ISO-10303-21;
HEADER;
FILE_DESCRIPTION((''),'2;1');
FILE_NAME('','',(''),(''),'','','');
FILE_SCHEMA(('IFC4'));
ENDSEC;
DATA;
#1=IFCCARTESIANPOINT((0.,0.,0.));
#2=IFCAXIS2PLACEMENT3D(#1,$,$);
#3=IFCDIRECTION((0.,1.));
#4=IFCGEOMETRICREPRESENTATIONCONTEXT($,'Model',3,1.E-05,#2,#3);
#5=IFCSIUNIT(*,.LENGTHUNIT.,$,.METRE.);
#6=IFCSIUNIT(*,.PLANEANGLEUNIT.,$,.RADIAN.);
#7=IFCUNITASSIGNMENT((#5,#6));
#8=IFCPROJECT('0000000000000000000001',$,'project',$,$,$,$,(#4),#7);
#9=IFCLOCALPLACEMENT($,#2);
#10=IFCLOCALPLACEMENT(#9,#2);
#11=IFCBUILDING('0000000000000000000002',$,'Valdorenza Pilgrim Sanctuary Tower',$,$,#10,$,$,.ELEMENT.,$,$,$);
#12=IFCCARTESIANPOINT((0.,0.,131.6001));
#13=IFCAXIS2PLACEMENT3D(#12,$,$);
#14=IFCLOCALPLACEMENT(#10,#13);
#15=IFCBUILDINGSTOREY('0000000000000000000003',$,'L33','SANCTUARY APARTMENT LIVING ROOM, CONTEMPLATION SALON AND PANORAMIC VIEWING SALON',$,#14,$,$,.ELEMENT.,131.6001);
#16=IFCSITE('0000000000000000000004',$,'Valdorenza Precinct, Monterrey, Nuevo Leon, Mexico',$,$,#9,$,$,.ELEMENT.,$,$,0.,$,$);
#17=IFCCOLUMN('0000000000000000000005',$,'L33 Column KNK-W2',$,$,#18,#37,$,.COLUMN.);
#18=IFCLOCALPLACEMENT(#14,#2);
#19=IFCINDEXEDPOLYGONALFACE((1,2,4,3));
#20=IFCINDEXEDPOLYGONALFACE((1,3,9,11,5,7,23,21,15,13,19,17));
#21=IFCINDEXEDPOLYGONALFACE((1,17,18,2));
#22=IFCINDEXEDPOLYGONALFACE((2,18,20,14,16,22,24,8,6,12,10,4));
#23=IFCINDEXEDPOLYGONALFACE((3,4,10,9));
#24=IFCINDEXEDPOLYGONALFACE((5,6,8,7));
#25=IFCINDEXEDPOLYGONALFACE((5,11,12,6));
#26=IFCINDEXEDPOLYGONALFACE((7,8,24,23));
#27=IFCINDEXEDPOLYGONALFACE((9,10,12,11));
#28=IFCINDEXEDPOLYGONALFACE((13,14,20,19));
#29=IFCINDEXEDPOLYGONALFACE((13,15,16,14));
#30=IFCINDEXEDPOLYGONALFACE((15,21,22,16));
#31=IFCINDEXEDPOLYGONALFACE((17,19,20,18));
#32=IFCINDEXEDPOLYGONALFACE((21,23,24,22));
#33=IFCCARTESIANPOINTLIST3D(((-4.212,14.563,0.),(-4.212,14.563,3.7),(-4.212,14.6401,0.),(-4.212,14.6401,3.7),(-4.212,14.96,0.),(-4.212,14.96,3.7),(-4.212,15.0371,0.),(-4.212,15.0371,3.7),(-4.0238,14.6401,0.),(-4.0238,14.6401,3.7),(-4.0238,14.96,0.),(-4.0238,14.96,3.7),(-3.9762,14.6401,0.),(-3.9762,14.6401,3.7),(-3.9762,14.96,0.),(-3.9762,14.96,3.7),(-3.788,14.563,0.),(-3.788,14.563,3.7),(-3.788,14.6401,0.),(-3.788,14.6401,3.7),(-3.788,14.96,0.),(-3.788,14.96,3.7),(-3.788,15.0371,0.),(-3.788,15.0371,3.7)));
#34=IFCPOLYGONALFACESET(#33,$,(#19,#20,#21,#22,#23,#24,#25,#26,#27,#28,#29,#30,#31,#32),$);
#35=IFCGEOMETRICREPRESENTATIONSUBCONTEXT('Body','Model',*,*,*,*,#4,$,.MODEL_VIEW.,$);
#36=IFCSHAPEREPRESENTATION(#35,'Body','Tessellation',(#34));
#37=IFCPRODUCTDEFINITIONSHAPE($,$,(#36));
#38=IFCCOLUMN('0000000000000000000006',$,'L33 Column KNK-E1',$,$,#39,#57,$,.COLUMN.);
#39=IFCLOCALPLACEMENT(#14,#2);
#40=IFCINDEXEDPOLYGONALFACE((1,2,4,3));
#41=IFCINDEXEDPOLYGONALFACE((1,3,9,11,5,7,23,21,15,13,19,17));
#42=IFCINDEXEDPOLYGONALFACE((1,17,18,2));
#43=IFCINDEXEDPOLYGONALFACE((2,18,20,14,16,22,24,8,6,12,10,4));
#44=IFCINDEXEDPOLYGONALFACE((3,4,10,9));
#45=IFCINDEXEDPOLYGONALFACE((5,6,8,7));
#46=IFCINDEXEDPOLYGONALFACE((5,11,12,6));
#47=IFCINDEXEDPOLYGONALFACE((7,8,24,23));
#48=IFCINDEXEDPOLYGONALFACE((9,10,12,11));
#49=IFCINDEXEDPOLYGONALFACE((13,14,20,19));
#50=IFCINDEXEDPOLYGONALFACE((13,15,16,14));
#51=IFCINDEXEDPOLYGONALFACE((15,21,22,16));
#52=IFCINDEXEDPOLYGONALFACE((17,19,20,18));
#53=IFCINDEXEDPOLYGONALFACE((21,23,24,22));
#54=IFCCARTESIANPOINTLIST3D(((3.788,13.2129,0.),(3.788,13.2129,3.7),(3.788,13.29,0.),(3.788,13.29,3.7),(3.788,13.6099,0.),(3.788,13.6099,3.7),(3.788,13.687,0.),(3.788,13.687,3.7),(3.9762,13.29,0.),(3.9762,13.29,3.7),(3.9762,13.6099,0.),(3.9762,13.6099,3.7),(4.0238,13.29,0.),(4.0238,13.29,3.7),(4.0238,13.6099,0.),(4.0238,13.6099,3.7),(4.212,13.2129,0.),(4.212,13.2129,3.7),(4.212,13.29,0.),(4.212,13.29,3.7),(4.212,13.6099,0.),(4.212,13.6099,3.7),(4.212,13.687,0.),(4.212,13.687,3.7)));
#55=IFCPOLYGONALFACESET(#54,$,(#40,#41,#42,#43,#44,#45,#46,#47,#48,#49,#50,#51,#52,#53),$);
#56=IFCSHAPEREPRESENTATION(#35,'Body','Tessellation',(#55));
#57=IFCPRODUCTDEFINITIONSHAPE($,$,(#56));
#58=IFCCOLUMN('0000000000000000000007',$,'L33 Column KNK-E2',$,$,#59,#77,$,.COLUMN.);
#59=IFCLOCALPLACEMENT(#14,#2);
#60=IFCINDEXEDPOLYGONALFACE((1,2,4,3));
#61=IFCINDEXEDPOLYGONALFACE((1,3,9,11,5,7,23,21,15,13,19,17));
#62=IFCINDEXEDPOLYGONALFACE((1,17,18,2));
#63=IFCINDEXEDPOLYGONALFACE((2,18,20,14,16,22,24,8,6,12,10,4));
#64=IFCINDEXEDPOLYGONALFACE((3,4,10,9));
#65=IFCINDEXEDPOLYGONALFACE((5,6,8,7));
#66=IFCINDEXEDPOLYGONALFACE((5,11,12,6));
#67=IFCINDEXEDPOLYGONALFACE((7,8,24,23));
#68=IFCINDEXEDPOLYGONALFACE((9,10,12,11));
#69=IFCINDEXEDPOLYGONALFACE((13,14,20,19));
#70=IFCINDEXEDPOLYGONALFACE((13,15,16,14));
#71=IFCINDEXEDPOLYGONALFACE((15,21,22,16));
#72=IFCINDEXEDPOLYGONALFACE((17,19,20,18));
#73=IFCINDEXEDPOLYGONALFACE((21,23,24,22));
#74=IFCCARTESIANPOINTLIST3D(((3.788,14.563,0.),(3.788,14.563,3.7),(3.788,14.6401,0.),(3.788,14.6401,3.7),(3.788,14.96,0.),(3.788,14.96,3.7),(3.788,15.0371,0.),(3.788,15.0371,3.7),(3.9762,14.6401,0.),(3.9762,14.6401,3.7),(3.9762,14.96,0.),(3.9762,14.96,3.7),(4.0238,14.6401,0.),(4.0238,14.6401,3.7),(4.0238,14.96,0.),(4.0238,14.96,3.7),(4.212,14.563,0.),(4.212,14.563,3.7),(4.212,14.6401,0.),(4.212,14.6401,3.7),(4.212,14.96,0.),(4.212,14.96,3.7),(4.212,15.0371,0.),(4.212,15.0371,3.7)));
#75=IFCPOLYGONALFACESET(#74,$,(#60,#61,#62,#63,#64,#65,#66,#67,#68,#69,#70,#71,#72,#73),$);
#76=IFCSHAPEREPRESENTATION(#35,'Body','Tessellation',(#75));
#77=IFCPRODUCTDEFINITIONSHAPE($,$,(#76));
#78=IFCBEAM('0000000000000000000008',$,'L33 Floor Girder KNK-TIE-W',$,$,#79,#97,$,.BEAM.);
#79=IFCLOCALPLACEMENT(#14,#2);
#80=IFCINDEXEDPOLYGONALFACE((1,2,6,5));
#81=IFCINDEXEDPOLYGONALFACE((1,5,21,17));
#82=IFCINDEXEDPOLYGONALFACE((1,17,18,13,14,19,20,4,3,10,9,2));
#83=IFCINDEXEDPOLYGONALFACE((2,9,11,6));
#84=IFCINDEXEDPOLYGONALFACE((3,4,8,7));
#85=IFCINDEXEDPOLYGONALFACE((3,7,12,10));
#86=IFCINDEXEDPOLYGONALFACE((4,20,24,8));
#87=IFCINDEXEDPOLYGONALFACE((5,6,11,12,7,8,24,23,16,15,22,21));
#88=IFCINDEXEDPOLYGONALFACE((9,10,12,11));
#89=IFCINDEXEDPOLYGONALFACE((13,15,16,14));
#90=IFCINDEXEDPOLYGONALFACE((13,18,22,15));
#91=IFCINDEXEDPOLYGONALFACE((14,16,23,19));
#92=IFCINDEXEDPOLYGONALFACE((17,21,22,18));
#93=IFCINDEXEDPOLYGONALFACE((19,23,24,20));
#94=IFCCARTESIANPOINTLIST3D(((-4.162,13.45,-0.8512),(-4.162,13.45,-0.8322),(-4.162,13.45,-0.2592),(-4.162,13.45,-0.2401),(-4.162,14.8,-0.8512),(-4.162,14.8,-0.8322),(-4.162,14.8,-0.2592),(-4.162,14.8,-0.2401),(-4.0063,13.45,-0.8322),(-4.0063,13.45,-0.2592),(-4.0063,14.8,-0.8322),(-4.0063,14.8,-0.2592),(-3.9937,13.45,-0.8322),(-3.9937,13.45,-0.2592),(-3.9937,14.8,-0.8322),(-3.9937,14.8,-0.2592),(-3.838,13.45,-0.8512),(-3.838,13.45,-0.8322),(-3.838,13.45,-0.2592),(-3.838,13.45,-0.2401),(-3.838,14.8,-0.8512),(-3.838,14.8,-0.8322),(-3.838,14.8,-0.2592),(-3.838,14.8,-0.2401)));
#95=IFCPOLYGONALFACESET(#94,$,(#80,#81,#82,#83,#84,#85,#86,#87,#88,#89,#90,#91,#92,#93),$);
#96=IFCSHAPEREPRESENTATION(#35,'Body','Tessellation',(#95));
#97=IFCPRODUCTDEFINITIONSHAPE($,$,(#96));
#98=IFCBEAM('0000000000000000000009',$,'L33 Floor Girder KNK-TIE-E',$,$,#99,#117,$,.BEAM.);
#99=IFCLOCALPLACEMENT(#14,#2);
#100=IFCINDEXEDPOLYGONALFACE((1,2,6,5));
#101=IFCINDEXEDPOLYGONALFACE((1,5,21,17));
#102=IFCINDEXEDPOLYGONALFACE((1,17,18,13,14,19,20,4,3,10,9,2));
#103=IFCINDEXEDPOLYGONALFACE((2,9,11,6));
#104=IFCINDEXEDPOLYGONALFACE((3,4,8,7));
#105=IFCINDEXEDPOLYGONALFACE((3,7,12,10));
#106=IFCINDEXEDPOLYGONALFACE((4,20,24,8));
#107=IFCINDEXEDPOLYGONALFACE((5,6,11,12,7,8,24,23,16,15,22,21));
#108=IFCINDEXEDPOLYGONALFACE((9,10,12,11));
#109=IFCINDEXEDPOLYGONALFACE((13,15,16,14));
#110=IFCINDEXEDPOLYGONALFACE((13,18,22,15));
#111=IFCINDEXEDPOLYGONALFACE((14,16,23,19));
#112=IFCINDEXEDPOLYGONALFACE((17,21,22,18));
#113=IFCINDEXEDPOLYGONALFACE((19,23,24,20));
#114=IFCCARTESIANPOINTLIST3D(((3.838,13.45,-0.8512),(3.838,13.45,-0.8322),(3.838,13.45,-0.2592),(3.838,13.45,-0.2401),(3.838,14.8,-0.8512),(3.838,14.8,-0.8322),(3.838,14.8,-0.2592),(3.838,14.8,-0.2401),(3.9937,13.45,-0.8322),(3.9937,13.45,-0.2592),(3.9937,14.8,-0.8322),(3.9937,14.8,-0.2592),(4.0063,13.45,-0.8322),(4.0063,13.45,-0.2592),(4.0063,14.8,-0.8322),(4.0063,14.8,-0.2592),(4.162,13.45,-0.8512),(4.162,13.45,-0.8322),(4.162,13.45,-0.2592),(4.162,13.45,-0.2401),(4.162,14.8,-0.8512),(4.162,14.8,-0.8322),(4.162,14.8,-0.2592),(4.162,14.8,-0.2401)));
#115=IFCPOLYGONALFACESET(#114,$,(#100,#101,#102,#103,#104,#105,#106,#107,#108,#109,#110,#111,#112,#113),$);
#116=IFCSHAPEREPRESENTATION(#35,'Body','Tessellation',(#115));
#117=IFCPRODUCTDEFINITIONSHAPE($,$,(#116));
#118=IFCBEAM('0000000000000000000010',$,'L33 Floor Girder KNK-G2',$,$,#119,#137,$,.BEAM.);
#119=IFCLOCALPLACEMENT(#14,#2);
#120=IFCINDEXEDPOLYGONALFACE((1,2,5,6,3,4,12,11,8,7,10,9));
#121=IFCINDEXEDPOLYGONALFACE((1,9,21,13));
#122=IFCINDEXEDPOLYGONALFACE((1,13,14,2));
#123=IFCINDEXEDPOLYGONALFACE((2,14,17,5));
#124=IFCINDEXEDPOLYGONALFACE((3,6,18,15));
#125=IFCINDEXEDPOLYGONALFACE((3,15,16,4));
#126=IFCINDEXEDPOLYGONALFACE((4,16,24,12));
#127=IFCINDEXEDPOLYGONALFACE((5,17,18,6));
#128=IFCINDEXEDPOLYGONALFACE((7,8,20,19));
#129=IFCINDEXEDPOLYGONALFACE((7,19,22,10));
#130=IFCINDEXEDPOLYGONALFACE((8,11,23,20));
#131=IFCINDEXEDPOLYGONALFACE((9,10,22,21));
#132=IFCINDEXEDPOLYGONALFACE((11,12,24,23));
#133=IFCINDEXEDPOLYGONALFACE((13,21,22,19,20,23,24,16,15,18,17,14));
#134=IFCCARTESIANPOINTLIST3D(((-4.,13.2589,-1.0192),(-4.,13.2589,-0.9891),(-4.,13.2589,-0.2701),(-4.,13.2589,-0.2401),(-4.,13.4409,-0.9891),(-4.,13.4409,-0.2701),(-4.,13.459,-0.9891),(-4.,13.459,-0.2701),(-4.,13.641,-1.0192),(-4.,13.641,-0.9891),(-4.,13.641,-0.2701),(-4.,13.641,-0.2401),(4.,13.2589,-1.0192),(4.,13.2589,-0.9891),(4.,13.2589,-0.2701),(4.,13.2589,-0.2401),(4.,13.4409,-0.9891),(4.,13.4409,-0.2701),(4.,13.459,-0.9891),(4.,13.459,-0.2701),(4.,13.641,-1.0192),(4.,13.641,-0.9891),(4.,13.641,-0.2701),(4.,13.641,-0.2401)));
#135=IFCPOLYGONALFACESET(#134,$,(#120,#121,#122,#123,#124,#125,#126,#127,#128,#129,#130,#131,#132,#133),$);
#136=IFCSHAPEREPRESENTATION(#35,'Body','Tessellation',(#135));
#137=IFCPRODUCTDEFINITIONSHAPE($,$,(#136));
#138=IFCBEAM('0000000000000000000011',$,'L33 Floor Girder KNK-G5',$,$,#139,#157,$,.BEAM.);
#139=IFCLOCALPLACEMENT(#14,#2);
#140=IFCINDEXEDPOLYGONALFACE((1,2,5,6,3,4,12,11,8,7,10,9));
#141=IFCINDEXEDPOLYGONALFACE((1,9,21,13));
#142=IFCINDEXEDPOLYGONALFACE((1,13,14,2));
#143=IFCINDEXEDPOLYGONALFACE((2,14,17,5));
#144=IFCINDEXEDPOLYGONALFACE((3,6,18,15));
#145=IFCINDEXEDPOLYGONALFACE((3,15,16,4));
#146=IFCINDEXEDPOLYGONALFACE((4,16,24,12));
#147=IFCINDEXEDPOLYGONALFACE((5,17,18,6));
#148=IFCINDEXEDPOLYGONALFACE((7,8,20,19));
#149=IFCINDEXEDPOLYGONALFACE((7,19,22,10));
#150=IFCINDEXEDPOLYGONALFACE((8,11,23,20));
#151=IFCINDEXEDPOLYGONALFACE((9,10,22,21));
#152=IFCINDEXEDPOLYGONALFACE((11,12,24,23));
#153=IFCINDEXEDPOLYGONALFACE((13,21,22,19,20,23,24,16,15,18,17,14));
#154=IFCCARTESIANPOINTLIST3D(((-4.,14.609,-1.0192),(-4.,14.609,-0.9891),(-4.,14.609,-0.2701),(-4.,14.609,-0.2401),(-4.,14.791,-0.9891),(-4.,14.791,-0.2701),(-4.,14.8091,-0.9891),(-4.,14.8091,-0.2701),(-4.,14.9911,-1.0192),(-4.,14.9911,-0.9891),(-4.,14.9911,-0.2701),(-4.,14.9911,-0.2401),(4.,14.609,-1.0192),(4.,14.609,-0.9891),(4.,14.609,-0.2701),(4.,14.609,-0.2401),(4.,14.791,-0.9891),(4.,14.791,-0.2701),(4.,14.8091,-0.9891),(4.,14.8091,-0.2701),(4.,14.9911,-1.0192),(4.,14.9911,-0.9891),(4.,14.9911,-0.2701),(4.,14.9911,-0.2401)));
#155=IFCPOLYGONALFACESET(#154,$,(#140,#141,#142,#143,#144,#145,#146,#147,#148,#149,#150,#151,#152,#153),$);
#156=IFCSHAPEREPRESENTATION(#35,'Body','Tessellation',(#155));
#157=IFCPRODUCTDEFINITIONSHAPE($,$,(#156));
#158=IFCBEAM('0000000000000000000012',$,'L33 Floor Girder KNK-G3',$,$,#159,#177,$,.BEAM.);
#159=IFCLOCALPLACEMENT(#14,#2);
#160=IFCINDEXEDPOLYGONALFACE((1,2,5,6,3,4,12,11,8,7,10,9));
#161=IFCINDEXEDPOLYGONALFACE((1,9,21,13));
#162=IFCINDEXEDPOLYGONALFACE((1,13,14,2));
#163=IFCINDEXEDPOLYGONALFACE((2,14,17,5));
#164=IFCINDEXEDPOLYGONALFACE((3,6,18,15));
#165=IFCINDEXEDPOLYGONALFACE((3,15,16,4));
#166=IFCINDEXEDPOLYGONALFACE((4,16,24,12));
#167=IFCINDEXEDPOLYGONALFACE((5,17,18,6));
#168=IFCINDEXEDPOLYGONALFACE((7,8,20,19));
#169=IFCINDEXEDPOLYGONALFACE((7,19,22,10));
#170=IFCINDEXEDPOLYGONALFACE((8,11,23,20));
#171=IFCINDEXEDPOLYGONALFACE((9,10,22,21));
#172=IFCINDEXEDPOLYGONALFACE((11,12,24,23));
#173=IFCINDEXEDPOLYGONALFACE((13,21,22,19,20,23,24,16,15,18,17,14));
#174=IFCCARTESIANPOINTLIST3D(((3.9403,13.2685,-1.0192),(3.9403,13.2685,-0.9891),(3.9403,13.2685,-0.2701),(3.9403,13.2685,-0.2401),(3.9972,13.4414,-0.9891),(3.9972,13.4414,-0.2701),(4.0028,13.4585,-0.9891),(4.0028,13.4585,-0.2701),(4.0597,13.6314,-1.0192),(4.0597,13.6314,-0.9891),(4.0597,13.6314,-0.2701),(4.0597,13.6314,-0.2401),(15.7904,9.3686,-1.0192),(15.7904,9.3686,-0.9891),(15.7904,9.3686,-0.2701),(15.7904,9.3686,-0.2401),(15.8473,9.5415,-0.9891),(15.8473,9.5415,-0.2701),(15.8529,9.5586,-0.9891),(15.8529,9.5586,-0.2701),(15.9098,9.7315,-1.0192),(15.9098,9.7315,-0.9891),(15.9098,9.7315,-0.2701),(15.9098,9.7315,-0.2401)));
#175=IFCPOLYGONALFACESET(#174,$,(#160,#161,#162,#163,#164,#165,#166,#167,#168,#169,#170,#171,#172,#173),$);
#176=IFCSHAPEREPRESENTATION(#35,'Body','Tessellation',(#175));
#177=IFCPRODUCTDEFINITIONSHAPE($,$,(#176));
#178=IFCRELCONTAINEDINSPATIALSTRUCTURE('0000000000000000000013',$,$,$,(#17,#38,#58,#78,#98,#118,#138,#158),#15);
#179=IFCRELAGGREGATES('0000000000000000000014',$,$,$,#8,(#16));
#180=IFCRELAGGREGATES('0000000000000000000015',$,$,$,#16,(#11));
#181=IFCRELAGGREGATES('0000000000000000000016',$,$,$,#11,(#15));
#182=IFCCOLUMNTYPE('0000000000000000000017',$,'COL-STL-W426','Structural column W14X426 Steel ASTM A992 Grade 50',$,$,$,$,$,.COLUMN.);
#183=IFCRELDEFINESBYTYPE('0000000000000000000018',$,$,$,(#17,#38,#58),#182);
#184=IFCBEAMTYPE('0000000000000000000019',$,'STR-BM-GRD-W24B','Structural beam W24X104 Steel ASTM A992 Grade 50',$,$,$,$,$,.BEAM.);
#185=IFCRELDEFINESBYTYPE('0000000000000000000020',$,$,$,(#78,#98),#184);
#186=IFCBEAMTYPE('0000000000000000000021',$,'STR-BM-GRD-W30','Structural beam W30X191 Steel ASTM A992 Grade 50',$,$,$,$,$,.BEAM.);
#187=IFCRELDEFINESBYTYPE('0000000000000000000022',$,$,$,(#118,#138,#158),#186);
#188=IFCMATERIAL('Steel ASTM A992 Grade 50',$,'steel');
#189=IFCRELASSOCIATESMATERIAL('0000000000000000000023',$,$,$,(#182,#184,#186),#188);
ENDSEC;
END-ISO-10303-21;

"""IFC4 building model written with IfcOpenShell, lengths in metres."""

from ifc_helpers import new_model, si_unit, direction, frame, origin, origin_2d, place, context, subcontext, project, spatial, i_section, extrude, source, transform, mapped, material, material_profile, profile_set, type_object, element, save


model = new_model("IFC4")

# Units and contexts
model_context = context("Model", 3, precision=1e-05, world=origin(), true_north=direction((0.0, 1.0)))
body_context = subcontext(model_context, "Body", "Model", "MODEL_VIEW")
ifc_project = project(units=[si_unit("LENGTHUNIT", "METRE"), si_unit("PLANEANGLEUNIT", "RADIAN")], contexts=[model_context])

# Site, building, storey
site_placement = place(None, origin())
site = spatial("IfcSite", under=ifc_project, at=site_placement, Name="Valdorenza Precinct, Monterrey, Nuevo Leon, Mexico", CompositionType="ELEMENT", RefElevation=0.0)
building_placement = place(site_placement, origin())
building = spatial("IfcBuilding", under=site, at=building_placement, Name="Valdorenza Pilgrim Sanctuary Tower", CompositionType="ELEMENT")
storey_placement = place(building_placement, frame((0.0, 0.0, 131.6001)))
storey = spatial("IfcBuildingStorey", under=building, at=storey_placement, Name="L33", Description="SANCTUARY APARTMENT LIVING ROOM, CONTEMPLATION SALON AND PANORAMIC VIEWING SALON", CompositionType="ELEMENT", Elevation=131.6001)

# Columns
ifc_material_1 = material(Name="Steel ASTM A992 Grade 50", Category="steel")
ifc_material_profile_1 = material_profile(ifc_material_1, i_section(OverallWidth=0.4241, OverallDepth=0.4741, WebThickness=0.0476, FlangeThickness=0.0771, at=origin_2d()), Name="W14X426")
ifc_profile_set_1 = profile_set([ifc_material_profile_1], Name="Steel ASTM A992 Grade 50")
column_type = type_object("IfcColumnType", Name="COL-STL-W426", Description="Structural column W14X426 Steel ASTM A992 Grade 50", PredefinedType="COLUMN", material=ifc_profile_set_1)
shared_shape_1 = source(origin(), body_context, "Body", "SweptSolid", [
    extrude(i_section(OverallWidth=0.4241, OverallDepth=0.4741, WebThickness=0.0476, FlangeThickness=0.0771, at=origin_2d()), origin(), (0.0, 0.0, 1.0), 3.7),
])
for number, where, z_axis, x_axis, name in (
    (1, (-4.0, 14.8, 0.0), (0.0, 0.0, 1.0), (1.0, 0.0, 0.0), "L33 Column KNK-W2"),
    (2, (4.0, 13.45, 0.0), (0.0, 0.0, 1.0), (1.0, 0.0, 0.0), "L33 Column KNK-E1"),
    (3, (4.0, 14.8, 0.0), (0.0, 0.0, 1.0), (1.0, 0.0, 0.0), "L33 Column KNK-E2"),
):
    element("IfcColumn", number, at=place(storey_placement, frame(where, z_axis=z_axis, x_axis=x_axis)), inside=storey, type_object=column_type, Name=name, PredefinedType="COLUMN", context=body_context, shape_type="MappedRepresentation", body=[
        mapped(shared_shape_1, transform((0.0, 0.0, 0.0), x_axis=(1.0, 0.0, 0.0), y_axis=(0.0, 1.0, 0.0), z_axis=(0.0, 0.0, 1.0), scale=1.0)),
    ])

# Beams
ifc_material_profile_2 = material_profile(ifc_material_1, i_section(OverallWidth=0.324, OverallDepth=0.6111, WebThickness=0.0127, FlangeThickness=0.019, at=origin_2d()), Name="W24X104")
ifc_profile_set_2 = profile_set([ifc_material_profile_2], Name="Steel ASTM A992 Grade 50")
beam_type_1 = type_object("IfcBeamType", Name="STR-BM-GRD-W24B", Description="Structural beam W24X104 Steel ASTM A992 Grade 50", PredefinedType="BEAM", material=ifc_profile_set_2)
shared_shape_2 = source(origin(), body_context, "Body", "SweptSolid", [
    extrude(i_section(OverallWidth=0.324, OverallDepth=0.6111, WebThickness=0.0127, FlangeThickness=0.019, at=origin_2d()), origin(), (0.0, 0.0, 1.0), 1.3501),
])
for number, where, z_axis, x_axis, name in (
    (4, (-4.0, 13.45, -0.5457), (0.0, 1.0, 0.0), (-1.0, 0.0, 0.0), "L33 Floor Girder KNK-TIE-W"),
    (5, (4.0, 13.45, -0.5457), (0.0, 1.0, 0.0), (-1.0, 0.0, 0.0), "L33 Floor Girder KNK-TIE-E"),
):
    element("IfcBeam", number, at=place(storey_placement, frame(where, z_axis=z_axis, x_axis=x_axis)), inside=storey, type_object=beam_type_1, Name=name, PredefinedType="BEAM", context=body_context, shape_type="MappedRepresentation", body=[
        mapped(shared_shape_2, transform((0.0, 0.0, 0.0), x_axis=(1.0, 0.0, 0.0), y_axis=(0.0, 1.0, 0.0), z_axis=(0.0, 0.0, 1.0), scale=1.0)),
    ])
ifc_material_profile_3 = material_profile(ifc_material_1, i_section(OverallWidth=0.3821, OverallDepth=0.7791, WebThickness=0.0181, FlangeThickness=0.03, at=origin_2d()), Name="W30X191")
ifc_profile_set_3 = profile_set([ifc_material_profile_3], Name="Steel ASTM A992 Grade 50")
beam_type_2 = type_object("IfcBeamType", Name="STR-BM-GRD-W30", Description="Structural beam W30X191 Steel ASTM A992 Grade 50", PredefinedType="BEAM", material=ifc_profile_set_3)
shared_shape_3 = source(origin(), body_context, "Body", "SweptSolid", [
    extrude(i_section(OverallWidth=0.3821, OverallDepth=0.7791, WebThickness=0.0181, FlangeThickness=0.03, at=origin_2d()), origin(), (0.0, 0.0, 1.0), 8.0),
])
for number, where, z_axis, x_axis, name in (
    (6, (-4.0, 13.45, -0.6296), (1.0, 0.0, 0.0), (0.0, 1.0, 0.0), "L33 Floor Girder KNK-G2"),
    (7, (-4.0, 14.8, -0.6296), (1.0, 0.0, 0.0), (0.0, 1.0, 0.0), "L33 Floor Girder KNK-G5"),
):
    element("IfcBeam", number, at=place(storey_placement, frame(where, z_axis=z_axis, x_axis=x_axis)), inside=storey, type_object=beam_type_2, Name=name, PredefinedType="BEAM", context=body_context, shape_type="MappedRepresentation", body=[
        mapped(shared_shape_3, transform((0.0, 0.0, 0.0), x_axis=(1.0, 0.0, 0.0), y_axis=(0.0, 1.0, 0.0), z_axis=(0.0, 0.0, 1.0), scale=1.0)),
    ])
shared_shape_4 = source(origin(), body_context, "Body", "SweptSolid", [
    extrude(i_section(OverallWidth=0.3821, OverallDepth=0.7791, WebThickness=0.0181, FlangeThickness=0.03, at=origin_2d()), origin(), (0.0, 0.0, 1.0), 12.4753),
])
beam_1_placement = place(storey_placement, frame((4.0, 13.45, -0.6296), z_axis=(0.949882, -0.312609, 0.0), x_axis=(0.312609, 0.949882, 0.0)))
element("IfcBeam", 8, at=beam_1_placement, inside=storey, type_object=beam_type_2, Name="L33 Floor Girder KNK-G3", PredefinedType="BEAM", context=body_context, shape_type="MappedRepresentation", body=[
    mapped(shared_shape_4, transform((0.0, 0.0, 0.0), x_axis=(1.0, 0.0, 0.0), y_axis=(0.0, 1.0, 0.0), z_axis=(0.0, 0.0, 1.0), scale=1.0)),
])

save(model, "model.ifc")
